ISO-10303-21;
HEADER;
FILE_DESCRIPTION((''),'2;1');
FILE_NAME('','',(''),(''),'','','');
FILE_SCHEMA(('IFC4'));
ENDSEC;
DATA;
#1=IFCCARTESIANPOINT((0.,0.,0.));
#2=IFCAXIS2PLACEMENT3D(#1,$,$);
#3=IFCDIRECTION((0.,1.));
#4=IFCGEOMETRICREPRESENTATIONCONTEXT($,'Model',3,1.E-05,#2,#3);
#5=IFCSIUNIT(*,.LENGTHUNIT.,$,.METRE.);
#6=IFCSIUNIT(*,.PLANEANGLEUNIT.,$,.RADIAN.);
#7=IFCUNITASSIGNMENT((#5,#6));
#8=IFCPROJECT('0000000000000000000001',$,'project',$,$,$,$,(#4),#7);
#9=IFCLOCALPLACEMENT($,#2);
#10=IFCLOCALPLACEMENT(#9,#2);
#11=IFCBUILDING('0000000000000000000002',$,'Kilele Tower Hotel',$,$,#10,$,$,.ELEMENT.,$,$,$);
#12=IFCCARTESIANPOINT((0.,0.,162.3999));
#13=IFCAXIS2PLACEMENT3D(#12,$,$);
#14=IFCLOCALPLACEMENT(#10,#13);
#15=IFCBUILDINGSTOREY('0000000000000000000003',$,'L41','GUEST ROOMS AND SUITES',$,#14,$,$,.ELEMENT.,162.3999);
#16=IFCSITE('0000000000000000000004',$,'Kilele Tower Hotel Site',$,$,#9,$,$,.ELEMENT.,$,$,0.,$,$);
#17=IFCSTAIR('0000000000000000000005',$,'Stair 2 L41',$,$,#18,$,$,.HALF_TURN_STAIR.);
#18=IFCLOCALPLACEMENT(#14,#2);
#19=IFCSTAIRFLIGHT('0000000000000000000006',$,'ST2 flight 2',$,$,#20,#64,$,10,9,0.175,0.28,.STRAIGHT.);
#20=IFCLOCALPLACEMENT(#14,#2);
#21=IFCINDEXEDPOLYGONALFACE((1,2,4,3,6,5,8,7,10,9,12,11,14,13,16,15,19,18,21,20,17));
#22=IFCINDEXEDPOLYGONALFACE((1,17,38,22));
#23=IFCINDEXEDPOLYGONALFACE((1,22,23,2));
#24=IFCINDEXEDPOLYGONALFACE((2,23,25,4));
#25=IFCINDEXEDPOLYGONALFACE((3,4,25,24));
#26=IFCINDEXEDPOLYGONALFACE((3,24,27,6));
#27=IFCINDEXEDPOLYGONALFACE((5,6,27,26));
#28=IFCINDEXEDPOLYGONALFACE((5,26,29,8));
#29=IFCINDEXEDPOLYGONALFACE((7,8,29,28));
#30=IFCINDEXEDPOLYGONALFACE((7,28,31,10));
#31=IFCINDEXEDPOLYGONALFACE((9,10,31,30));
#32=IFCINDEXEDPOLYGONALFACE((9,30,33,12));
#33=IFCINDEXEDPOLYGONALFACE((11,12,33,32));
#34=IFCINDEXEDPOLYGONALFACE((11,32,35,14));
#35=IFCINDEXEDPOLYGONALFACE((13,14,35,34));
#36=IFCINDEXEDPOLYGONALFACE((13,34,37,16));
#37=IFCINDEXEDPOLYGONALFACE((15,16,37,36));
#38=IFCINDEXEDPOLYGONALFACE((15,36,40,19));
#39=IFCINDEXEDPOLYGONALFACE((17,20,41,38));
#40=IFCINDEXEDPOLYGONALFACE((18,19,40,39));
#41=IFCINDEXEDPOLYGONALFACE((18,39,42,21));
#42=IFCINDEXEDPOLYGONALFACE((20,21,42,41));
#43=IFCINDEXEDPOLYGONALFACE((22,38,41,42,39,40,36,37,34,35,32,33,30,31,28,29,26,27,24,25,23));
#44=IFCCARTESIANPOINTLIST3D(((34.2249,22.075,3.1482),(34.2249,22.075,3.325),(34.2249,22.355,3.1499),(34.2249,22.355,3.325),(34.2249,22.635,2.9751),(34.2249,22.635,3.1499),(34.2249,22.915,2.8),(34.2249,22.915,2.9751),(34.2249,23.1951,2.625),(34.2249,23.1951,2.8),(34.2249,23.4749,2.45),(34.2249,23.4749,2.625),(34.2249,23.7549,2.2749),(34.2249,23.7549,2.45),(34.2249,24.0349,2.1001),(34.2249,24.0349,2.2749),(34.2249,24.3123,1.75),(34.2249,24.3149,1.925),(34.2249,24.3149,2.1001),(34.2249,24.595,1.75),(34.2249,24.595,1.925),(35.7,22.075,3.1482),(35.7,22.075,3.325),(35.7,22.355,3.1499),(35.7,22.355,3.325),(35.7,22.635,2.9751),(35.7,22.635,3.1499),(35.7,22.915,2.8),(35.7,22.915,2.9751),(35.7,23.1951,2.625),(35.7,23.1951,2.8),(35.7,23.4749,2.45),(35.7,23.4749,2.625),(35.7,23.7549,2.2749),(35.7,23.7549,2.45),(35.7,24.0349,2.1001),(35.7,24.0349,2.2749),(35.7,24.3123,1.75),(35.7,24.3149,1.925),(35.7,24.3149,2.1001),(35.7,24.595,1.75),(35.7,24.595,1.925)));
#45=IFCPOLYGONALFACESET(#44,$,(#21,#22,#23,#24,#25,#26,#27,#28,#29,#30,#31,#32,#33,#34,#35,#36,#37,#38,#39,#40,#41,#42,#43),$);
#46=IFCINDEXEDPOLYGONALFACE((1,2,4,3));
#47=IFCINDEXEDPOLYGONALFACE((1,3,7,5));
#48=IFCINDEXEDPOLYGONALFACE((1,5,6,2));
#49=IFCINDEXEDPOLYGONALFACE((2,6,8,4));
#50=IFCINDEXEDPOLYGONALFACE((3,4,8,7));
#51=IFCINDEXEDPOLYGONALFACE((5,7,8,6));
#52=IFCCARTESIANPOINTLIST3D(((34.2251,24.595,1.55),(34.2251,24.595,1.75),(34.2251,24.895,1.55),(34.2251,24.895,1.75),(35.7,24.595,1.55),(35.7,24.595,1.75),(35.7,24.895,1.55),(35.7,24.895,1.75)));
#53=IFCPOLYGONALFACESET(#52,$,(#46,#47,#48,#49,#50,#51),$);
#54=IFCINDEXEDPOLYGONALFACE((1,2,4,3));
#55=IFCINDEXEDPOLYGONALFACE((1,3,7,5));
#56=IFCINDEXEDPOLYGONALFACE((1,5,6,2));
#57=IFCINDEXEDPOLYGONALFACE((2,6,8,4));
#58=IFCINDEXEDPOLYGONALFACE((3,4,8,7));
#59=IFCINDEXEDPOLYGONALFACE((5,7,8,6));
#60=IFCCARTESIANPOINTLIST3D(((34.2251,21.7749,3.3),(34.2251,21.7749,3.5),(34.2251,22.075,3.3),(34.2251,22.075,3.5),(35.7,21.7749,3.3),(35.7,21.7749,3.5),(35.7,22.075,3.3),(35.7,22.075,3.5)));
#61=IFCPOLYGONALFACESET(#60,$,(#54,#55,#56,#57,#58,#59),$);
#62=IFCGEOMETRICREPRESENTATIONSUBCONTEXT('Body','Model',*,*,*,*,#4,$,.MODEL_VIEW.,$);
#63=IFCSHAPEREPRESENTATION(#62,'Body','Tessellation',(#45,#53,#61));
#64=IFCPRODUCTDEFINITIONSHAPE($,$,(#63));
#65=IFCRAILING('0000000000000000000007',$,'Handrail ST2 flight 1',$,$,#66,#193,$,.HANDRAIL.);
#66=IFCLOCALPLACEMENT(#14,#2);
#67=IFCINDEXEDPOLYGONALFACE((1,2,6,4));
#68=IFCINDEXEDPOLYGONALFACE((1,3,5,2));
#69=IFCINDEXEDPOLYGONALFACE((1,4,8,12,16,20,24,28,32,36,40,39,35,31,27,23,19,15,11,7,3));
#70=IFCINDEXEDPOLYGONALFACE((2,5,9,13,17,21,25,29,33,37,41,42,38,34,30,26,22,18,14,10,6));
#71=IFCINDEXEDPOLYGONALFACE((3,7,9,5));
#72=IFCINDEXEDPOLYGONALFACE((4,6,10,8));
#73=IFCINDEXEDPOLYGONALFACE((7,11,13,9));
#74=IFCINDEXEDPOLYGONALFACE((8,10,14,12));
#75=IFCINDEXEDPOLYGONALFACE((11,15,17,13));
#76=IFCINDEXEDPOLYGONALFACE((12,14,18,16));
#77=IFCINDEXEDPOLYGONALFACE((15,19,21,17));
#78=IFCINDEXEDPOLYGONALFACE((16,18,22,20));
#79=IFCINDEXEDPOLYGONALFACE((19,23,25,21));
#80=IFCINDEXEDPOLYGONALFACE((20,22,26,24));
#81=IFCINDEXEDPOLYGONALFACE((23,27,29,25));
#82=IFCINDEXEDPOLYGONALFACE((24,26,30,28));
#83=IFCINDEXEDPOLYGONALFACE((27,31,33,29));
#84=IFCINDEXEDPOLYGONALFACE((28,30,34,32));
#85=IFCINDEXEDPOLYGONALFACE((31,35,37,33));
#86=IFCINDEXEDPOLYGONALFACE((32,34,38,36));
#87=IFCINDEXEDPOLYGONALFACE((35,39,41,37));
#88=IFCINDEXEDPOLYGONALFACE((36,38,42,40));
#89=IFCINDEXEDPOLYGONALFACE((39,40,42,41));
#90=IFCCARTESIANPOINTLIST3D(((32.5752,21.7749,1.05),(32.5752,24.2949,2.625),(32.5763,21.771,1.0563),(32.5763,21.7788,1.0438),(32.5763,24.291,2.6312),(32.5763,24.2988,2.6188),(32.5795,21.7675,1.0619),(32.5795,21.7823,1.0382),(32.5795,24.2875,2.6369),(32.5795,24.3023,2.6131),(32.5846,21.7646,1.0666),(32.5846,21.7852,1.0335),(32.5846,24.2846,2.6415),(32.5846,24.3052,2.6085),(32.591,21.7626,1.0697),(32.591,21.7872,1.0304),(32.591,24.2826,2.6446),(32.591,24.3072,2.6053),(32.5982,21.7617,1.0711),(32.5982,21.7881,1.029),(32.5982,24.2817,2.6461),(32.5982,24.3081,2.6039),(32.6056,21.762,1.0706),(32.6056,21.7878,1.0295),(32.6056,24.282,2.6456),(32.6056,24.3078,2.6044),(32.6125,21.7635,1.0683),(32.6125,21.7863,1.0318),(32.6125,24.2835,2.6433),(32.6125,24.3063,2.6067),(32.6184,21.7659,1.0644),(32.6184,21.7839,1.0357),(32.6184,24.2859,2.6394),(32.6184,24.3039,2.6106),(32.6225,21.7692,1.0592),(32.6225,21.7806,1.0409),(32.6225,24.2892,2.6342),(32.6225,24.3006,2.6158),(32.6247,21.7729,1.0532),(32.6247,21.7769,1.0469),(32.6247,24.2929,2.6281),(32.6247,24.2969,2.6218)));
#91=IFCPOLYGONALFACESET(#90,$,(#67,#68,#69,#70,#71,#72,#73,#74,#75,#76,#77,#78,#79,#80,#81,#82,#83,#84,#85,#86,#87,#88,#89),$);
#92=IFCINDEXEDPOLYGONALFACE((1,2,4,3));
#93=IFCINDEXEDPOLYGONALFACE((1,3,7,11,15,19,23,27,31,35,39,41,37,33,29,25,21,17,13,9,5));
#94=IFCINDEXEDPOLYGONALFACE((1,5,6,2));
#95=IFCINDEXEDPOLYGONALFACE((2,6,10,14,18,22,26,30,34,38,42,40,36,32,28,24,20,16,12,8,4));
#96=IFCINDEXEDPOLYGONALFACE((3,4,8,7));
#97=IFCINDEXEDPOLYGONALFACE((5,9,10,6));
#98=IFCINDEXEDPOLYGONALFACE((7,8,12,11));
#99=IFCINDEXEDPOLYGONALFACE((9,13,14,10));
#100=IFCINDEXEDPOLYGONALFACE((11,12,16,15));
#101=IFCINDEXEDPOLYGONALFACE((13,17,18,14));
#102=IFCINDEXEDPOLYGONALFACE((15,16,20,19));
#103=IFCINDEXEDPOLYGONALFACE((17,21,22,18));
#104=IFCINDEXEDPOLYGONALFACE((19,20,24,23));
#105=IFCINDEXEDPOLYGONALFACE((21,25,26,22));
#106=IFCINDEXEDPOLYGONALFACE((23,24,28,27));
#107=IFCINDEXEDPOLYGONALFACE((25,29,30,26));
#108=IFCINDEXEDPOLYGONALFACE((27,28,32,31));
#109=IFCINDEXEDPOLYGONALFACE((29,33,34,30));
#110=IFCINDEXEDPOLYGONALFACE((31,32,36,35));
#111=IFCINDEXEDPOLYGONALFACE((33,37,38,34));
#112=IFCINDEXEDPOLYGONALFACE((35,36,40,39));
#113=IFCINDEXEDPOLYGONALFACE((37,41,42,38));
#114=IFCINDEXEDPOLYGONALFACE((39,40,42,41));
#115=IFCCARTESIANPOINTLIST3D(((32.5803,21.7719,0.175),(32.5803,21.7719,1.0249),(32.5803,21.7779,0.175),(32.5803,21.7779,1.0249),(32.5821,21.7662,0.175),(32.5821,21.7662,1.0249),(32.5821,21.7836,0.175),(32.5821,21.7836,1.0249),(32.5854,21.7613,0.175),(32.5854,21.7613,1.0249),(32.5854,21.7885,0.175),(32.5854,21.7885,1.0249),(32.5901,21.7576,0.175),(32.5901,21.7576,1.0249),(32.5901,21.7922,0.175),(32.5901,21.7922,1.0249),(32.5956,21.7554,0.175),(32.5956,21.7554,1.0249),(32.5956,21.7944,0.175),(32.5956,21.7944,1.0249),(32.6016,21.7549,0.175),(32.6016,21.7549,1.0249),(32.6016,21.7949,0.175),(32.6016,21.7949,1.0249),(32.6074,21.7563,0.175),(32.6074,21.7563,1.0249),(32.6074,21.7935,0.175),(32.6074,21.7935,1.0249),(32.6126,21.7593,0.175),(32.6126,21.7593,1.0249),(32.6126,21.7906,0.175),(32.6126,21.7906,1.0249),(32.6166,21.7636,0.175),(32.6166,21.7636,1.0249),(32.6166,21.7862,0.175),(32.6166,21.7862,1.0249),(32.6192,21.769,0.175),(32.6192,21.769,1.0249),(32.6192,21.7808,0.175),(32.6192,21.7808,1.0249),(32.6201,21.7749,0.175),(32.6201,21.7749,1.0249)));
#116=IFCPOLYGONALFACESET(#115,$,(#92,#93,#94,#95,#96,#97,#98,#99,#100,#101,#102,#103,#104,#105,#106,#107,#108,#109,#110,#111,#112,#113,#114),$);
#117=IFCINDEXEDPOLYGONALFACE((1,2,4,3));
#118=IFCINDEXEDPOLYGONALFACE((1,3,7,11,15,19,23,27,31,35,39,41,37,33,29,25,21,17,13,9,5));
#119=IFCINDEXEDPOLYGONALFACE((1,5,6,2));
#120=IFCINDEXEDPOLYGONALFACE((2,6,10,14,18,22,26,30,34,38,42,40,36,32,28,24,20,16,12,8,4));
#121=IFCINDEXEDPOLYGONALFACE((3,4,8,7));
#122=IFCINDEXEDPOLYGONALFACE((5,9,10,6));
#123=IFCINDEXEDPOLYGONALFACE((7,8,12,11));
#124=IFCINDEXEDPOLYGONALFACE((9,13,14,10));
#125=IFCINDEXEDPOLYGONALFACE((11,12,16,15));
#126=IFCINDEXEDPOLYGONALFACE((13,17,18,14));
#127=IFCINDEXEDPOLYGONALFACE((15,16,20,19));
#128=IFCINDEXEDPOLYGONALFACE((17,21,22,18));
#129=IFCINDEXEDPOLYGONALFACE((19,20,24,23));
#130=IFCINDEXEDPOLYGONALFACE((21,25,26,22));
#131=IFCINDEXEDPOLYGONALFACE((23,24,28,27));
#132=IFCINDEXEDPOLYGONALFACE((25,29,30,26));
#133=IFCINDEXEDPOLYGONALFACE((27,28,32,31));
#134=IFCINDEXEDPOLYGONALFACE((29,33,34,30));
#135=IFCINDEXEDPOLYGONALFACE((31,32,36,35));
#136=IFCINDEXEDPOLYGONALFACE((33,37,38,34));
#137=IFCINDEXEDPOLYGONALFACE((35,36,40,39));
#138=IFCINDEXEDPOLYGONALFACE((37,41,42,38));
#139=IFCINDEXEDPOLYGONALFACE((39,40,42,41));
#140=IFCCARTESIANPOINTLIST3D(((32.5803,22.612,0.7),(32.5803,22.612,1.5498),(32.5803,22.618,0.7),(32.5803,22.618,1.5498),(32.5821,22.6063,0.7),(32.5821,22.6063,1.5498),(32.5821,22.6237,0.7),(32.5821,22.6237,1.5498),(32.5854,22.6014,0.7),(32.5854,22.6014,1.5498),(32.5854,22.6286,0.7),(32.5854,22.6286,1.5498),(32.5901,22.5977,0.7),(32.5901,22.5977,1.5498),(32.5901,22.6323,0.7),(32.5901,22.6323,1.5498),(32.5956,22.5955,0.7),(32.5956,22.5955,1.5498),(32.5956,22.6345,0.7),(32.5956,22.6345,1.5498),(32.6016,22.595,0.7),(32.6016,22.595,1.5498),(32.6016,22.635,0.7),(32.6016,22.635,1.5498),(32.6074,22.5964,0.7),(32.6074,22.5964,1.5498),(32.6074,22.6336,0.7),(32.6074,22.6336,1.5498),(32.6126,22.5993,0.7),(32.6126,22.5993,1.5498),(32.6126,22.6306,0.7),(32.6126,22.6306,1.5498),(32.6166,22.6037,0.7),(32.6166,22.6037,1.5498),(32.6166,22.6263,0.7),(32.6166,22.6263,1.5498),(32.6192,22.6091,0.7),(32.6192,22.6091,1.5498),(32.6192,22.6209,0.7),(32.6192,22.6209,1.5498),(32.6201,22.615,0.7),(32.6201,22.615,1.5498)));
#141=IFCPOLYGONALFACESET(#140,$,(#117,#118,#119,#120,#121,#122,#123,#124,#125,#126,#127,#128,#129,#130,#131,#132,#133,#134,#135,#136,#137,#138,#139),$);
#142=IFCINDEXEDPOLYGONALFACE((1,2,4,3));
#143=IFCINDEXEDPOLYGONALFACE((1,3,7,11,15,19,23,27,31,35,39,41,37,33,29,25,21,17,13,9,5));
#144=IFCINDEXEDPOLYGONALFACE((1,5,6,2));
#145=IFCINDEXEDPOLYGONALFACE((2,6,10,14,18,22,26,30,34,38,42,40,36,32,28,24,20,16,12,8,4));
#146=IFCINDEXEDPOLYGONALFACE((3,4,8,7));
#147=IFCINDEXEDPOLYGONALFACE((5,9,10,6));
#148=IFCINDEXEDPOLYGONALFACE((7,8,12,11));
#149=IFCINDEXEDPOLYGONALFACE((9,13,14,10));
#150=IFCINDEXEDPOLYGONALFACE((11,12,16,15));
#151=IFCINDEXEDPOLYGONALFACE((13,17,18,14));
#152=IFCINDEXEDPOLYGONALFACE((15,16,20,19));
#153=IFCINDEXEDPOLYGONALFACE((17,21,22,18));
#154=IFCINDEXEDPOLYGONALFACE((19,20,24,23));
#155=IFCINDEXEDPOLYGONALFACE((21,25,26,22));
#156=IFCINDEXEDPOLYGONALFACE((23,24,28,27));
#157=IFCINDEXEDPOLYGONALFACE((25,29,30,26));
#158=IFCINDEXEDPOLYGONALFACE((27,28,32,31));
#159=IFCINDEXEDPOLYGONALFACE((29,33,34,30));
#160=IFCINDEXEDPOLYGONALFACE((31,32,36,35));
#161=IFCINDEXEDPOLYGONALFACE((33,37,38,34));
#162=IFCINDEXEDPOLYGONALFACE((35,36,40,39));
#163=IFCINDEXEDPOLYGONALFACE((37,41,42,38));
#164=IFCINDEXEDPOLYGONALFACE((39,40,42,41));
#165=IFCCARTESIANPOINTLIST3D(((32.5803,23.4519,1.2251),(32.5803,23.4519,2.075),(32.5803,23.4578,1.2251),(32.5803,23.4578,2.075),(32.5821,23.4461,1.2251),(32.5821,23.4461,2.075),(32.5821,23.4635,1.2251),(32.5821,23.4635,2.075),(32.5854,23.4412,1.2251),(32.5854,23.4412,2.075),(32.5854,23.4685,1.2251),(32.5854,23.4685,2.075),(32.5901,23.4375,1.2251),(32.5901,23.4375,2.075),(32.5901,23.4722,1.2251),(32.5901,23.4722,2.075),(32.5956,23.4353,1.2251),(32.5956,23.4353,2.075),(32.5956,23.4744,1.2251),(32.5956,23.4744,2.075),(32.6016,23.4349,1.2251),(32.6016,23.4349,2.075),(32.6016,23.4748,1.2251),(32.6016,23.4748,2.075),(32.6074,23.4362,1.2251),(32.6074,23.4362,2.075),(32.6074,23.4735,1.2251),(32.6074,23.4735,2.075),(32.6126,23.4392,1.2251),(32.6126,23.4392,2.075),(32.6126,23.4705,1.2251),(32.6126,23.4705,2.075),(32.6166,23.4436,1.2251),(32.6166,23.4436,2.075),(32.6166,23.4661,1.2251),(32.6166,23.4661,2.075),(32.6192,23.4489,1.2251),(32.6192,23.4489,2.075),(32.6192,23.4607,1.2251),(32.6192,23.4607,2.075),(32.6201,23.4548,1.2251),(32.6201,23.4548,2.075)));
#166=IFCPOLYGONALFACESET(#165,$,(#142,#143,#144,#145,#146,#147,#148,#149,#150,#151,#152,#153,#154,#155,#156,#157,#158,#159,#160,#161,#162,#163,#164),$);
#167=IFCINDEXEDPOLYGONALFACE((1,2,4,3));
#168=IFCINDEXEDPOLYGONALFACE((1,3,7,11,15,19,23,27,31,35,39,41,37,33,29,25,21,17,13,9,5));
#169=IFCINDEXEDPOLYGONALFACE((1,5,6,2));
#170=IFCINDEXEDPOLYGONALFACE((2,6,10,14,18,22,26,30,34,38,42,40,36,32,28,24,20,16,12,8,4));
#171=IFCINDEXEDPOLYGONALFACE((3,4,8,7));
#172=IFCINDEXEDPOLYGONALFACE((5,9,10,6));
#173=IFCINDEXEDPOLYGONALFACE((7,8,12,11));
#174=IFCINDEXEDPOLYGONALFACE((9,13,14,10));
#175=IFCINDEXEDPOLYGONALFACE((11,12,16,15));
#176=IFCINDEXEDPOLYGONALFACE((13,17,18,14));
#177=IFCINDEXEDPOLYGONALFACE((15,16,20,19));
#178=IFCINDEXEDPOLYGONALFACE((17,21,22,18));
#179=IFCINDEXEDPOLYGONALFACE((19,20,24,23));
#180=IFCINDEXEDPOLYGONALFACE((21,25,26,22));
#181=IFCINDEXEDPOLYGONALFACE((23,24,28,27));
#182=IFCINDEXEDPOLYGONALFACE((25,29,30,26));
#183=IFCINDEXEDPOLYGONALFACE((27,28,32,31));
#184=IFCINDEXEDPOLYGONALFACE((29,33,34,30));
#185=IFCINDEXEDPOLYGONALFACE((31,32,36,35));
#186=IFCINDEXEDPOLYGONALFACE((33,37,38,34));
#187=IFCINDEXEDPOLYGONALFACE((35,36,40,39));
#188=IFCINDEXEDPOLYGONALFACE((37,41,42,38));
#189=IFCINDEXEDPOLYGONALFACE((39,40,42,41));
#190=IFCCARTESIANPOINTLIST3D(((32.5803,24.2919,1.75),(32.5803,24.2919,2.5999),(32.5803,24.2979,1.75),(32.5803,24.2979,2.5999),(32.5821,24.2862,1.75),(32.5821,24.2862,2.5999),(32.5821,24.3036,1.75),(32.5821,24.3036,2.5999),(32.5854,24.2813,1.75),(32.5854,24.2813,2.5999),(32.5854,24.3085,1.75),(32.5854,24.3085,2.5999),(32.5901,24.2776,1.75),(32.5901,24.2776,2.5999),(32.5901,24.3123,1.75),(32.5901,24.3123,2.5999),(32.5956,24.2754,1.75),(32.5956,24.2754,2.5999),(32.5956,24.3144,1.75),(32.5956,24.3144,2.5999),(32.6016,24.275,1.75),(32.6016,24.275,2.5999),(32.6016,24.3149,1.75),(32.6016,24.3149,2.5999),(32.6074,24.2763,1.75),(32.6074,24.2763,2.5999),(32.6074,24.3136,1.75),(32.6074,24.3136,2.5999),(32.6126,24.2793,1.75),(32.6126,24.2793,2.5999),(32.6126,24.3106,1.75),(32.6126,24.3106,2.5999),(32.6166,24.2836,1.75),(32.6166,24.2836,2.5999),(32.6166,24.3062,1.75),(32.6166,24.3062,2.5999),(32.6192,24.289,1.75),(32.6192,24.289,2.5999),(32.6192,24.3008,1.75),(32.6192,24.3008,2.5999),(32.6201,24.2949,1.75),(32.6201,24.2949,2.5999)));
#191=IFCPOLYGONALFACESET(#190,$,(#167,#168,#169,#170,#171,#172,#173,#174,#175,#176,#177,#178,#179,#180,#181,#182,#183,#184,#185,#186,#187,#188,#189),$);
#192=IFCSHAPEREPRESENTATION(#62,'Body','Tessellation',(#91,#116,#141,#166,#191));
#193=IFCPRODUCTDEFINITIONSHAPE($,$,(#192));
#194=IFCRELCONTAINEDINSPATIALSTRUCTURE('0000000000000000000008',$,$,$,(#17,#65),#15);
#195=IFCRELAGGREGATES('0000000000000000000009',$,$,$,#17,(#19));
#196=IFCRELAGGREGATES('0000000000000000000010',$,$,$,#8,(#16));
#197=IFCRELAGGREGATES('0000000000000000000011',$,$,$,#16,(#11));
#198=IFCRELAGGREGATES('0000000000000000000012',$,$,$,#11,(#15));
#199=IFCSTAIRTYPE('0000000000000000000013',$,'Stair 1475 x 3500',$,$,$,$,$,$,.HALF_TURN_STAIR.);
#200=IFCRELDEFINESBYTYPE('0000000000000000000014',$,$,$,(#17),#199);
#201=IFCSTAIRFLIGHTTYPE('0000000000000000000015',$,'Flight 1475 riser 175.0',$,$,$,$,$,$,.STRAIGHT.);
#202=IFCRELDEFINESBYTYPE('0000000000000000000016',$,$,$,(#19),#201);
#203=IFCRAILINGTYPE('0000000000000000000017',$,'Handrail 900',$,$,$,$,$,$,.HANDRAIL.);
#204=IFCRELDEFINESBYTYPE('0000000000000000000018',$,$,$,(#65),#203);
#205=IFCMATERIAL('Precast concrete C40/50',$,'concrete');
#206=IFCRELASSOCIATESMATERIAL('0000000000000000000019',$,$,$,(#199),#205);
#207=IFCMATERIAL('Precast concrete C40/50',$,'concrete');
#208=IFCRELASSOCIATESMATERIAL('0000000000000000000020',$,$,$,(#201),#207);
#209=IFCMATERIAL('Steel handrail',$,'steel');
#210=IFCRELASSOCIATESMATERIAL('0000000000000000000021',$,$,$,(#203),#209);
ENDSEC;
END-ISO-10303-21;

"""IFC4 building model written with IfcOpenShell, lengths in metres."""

from ifc_helpers import new_model, si_unit, direction, frame, origin, origin_2d, place, context, subcontext, project, spatial, polyline, circle, outline, extrude, material, type_object, element, aggregate, save


model = new_model("IFC4")

# Units and contexts
model_context = context("Model", 3, precision=1e-05, world=origin(), true_north=direction((0.0, 1.0)))
body_context = subcontext(model_context, "Body", "Model", "MODEL_VIEW")
ifc_project = project(units=[si_unit("LENGTHUNIT", "METRE"), si_unit("PLANEANGLEUNIT", "RADIAN")], contexts=[model_context])

# Site, building, storey
site_placement = place(None, origin())
site = spatial("IfcSite", under=ifc_project, at=site_placement, Name="Kilele Tower Hotel Site", CompositionType="ELEMENT", RefElevation=0.0)
building_placement = place(site_placement, origin())
building = spatial("IfcBuilding", under=site, at=building_placement, Name="Kilele Tower Hotel", CompositionType="ELEMENT")
storey_placement = place(building_placement, frame((0.0, 0.0, 162.3999)))
storey = spatial("IfcBuildingStorey", under=building, at=storey_placement, Name="L41", Description="GUEST ROOMS AND SUITES", CompositionType="ELEMENT", Elevation=162.3999)

# Stair, stair flight
ifc_material_1 = material(Name="Precast concrete C40/50", Category="concrete")
stair_type = type_object("IfcStairType", Name="Stair 1475 x 3500", PredefinedType="HALF_TURN_STAIR", material=ifc_material_1)
stair_placement = place(storey_placement, origin())
stair = element("IfcStair", 1, at=stair_placement, inside=storey, type_object=stair_type, Name="Stair 2 L41", PredefinedType="HALF_TURN_STAIR")
ifc_material_2 = material(Name="Precast concrete C40/50", Category="concrete")
stair_flight_type = type_object("IfcStairFlightType", Name="Flight 1475 riser 175.0", PredefinedType="STRAIGHT", material=ifc_material_2)
stair_flight_1_placement = place(storey_placement, frame((34.9624, 24.595, 1.75), z_axis=(0.0, 0.0, 1.0), x_axis=(0.0, -1.0, 0.0)))
stair_flight_1 = element("IfcStairFlight", 2, at=stair_flight_1_placement, type_object=stair_flight_type, Name="ST2 flight 2", NumberOfRisers=10, NumberOfTreads=9, PredefinedType="STRAIGHT", RiserHeight=0.175, TreadLength=0.28, context=body_context, shape_type="SweptSolid", body=[
    extrude(outline(polyline([(0.0, 0.0), (0.0, 0.175), (0.28, 0.175), (0.28, 0.3501), (0.5601, 0.3501), (0.5601, 0.5249), (0.8401, 0.5249), (0.8401, 0.7), (1.1201, 0.7), (1.1201, 0.875), (1.3999, 0.875), (1.3999, 1.05), (1.6799, 1.05), (1.6799, 1.2251), (1.96, 1.2251), (1.96, 1.3999), (2.24, 1.3999), (2.24, 1.575), (2.52, 1.575), (2.52, 1.75), (2.52, 1.3982), (0.2827, 0.0), (0.0, 0.0)])), frame((0.0, 0.7375, 0.0), z_axis=(0.0, -1.0, 0.0), x_axis=(1.0, 0.0, 0.0)), (0.0, 0.0, 1.0), 1.4751),
    extrude(outline(polyline([(0.0, -0.7373), (0.0, 0.7375), (-0.3, 0.7375), (-0.3, -0.7373), (0.0, -0.7373)])), frame((0.0, 0.0, -0.2)), (0.0, 0.0, 1.0), 0.2),
    extrude(outline(polyline([(2.8201, -0.7373), (2.8201, 0.7375), (2.52, 0.7375), (2.52, -0.7373), (2.8201, -0.7373)])), frame((0.0, 0.0, 1.55)), (0.0, 0.0, 1.0), 0.2),
])
aggregate(stair, [stair_flight_1])

# Railing
ifc_material_3 = material(Name="Steel handrail", Category="steel")
railing_type_1 = type_object("IfcRailingType", Name="Handrail 900", PredefinedType="HANDRAIL", material=ifc_material_3)
for number, where, name in (
    (3, (32.6001, 21.7749, 0.175), "Handrail ST2 flight 1"),
):
    element("IfcRailing", number, at=place(storey_placement, frame(where)), inside=storey, type_object=railing_type_1, Name=name, PredefinedType="HANDRAIL", context=body_context, shape_type="SweptSolid", body=[
        extrude(circle(Radius=0.0249, at=origin_2d()), frame((0.0, 0.0, 0.875), z_axis=(0.0, 0.848008, 0.529984), x_axis=(-1.0, 0.0, 0.0)), (0.0, 0.0, 1.0), 2.9717),
        extrude(circle(Radius=0.02, at=origin_2d()), origin(), (0.0, 0.0, 1.0), 0.8499),
        extrude(circle(Radius=0.02, at=origin_2d()), frame((0.0, 0.8401, 0.5249)), (0.0, 0.0, 1.0), 0.8499),
        extrude(circle(Radius=0.02, at=origin_2d()), frame((0.0, 1.6799, 1.05)), (0.0, 0.0, 1.0), 0.8499),
        extrude(circle(Radius=0.02, at=origin_2d()), frame((0.0, 2.52, 1.575)), (0.0, 0.0, 1.0), 0.8499),
    ])

save(model, "model.ifc")
